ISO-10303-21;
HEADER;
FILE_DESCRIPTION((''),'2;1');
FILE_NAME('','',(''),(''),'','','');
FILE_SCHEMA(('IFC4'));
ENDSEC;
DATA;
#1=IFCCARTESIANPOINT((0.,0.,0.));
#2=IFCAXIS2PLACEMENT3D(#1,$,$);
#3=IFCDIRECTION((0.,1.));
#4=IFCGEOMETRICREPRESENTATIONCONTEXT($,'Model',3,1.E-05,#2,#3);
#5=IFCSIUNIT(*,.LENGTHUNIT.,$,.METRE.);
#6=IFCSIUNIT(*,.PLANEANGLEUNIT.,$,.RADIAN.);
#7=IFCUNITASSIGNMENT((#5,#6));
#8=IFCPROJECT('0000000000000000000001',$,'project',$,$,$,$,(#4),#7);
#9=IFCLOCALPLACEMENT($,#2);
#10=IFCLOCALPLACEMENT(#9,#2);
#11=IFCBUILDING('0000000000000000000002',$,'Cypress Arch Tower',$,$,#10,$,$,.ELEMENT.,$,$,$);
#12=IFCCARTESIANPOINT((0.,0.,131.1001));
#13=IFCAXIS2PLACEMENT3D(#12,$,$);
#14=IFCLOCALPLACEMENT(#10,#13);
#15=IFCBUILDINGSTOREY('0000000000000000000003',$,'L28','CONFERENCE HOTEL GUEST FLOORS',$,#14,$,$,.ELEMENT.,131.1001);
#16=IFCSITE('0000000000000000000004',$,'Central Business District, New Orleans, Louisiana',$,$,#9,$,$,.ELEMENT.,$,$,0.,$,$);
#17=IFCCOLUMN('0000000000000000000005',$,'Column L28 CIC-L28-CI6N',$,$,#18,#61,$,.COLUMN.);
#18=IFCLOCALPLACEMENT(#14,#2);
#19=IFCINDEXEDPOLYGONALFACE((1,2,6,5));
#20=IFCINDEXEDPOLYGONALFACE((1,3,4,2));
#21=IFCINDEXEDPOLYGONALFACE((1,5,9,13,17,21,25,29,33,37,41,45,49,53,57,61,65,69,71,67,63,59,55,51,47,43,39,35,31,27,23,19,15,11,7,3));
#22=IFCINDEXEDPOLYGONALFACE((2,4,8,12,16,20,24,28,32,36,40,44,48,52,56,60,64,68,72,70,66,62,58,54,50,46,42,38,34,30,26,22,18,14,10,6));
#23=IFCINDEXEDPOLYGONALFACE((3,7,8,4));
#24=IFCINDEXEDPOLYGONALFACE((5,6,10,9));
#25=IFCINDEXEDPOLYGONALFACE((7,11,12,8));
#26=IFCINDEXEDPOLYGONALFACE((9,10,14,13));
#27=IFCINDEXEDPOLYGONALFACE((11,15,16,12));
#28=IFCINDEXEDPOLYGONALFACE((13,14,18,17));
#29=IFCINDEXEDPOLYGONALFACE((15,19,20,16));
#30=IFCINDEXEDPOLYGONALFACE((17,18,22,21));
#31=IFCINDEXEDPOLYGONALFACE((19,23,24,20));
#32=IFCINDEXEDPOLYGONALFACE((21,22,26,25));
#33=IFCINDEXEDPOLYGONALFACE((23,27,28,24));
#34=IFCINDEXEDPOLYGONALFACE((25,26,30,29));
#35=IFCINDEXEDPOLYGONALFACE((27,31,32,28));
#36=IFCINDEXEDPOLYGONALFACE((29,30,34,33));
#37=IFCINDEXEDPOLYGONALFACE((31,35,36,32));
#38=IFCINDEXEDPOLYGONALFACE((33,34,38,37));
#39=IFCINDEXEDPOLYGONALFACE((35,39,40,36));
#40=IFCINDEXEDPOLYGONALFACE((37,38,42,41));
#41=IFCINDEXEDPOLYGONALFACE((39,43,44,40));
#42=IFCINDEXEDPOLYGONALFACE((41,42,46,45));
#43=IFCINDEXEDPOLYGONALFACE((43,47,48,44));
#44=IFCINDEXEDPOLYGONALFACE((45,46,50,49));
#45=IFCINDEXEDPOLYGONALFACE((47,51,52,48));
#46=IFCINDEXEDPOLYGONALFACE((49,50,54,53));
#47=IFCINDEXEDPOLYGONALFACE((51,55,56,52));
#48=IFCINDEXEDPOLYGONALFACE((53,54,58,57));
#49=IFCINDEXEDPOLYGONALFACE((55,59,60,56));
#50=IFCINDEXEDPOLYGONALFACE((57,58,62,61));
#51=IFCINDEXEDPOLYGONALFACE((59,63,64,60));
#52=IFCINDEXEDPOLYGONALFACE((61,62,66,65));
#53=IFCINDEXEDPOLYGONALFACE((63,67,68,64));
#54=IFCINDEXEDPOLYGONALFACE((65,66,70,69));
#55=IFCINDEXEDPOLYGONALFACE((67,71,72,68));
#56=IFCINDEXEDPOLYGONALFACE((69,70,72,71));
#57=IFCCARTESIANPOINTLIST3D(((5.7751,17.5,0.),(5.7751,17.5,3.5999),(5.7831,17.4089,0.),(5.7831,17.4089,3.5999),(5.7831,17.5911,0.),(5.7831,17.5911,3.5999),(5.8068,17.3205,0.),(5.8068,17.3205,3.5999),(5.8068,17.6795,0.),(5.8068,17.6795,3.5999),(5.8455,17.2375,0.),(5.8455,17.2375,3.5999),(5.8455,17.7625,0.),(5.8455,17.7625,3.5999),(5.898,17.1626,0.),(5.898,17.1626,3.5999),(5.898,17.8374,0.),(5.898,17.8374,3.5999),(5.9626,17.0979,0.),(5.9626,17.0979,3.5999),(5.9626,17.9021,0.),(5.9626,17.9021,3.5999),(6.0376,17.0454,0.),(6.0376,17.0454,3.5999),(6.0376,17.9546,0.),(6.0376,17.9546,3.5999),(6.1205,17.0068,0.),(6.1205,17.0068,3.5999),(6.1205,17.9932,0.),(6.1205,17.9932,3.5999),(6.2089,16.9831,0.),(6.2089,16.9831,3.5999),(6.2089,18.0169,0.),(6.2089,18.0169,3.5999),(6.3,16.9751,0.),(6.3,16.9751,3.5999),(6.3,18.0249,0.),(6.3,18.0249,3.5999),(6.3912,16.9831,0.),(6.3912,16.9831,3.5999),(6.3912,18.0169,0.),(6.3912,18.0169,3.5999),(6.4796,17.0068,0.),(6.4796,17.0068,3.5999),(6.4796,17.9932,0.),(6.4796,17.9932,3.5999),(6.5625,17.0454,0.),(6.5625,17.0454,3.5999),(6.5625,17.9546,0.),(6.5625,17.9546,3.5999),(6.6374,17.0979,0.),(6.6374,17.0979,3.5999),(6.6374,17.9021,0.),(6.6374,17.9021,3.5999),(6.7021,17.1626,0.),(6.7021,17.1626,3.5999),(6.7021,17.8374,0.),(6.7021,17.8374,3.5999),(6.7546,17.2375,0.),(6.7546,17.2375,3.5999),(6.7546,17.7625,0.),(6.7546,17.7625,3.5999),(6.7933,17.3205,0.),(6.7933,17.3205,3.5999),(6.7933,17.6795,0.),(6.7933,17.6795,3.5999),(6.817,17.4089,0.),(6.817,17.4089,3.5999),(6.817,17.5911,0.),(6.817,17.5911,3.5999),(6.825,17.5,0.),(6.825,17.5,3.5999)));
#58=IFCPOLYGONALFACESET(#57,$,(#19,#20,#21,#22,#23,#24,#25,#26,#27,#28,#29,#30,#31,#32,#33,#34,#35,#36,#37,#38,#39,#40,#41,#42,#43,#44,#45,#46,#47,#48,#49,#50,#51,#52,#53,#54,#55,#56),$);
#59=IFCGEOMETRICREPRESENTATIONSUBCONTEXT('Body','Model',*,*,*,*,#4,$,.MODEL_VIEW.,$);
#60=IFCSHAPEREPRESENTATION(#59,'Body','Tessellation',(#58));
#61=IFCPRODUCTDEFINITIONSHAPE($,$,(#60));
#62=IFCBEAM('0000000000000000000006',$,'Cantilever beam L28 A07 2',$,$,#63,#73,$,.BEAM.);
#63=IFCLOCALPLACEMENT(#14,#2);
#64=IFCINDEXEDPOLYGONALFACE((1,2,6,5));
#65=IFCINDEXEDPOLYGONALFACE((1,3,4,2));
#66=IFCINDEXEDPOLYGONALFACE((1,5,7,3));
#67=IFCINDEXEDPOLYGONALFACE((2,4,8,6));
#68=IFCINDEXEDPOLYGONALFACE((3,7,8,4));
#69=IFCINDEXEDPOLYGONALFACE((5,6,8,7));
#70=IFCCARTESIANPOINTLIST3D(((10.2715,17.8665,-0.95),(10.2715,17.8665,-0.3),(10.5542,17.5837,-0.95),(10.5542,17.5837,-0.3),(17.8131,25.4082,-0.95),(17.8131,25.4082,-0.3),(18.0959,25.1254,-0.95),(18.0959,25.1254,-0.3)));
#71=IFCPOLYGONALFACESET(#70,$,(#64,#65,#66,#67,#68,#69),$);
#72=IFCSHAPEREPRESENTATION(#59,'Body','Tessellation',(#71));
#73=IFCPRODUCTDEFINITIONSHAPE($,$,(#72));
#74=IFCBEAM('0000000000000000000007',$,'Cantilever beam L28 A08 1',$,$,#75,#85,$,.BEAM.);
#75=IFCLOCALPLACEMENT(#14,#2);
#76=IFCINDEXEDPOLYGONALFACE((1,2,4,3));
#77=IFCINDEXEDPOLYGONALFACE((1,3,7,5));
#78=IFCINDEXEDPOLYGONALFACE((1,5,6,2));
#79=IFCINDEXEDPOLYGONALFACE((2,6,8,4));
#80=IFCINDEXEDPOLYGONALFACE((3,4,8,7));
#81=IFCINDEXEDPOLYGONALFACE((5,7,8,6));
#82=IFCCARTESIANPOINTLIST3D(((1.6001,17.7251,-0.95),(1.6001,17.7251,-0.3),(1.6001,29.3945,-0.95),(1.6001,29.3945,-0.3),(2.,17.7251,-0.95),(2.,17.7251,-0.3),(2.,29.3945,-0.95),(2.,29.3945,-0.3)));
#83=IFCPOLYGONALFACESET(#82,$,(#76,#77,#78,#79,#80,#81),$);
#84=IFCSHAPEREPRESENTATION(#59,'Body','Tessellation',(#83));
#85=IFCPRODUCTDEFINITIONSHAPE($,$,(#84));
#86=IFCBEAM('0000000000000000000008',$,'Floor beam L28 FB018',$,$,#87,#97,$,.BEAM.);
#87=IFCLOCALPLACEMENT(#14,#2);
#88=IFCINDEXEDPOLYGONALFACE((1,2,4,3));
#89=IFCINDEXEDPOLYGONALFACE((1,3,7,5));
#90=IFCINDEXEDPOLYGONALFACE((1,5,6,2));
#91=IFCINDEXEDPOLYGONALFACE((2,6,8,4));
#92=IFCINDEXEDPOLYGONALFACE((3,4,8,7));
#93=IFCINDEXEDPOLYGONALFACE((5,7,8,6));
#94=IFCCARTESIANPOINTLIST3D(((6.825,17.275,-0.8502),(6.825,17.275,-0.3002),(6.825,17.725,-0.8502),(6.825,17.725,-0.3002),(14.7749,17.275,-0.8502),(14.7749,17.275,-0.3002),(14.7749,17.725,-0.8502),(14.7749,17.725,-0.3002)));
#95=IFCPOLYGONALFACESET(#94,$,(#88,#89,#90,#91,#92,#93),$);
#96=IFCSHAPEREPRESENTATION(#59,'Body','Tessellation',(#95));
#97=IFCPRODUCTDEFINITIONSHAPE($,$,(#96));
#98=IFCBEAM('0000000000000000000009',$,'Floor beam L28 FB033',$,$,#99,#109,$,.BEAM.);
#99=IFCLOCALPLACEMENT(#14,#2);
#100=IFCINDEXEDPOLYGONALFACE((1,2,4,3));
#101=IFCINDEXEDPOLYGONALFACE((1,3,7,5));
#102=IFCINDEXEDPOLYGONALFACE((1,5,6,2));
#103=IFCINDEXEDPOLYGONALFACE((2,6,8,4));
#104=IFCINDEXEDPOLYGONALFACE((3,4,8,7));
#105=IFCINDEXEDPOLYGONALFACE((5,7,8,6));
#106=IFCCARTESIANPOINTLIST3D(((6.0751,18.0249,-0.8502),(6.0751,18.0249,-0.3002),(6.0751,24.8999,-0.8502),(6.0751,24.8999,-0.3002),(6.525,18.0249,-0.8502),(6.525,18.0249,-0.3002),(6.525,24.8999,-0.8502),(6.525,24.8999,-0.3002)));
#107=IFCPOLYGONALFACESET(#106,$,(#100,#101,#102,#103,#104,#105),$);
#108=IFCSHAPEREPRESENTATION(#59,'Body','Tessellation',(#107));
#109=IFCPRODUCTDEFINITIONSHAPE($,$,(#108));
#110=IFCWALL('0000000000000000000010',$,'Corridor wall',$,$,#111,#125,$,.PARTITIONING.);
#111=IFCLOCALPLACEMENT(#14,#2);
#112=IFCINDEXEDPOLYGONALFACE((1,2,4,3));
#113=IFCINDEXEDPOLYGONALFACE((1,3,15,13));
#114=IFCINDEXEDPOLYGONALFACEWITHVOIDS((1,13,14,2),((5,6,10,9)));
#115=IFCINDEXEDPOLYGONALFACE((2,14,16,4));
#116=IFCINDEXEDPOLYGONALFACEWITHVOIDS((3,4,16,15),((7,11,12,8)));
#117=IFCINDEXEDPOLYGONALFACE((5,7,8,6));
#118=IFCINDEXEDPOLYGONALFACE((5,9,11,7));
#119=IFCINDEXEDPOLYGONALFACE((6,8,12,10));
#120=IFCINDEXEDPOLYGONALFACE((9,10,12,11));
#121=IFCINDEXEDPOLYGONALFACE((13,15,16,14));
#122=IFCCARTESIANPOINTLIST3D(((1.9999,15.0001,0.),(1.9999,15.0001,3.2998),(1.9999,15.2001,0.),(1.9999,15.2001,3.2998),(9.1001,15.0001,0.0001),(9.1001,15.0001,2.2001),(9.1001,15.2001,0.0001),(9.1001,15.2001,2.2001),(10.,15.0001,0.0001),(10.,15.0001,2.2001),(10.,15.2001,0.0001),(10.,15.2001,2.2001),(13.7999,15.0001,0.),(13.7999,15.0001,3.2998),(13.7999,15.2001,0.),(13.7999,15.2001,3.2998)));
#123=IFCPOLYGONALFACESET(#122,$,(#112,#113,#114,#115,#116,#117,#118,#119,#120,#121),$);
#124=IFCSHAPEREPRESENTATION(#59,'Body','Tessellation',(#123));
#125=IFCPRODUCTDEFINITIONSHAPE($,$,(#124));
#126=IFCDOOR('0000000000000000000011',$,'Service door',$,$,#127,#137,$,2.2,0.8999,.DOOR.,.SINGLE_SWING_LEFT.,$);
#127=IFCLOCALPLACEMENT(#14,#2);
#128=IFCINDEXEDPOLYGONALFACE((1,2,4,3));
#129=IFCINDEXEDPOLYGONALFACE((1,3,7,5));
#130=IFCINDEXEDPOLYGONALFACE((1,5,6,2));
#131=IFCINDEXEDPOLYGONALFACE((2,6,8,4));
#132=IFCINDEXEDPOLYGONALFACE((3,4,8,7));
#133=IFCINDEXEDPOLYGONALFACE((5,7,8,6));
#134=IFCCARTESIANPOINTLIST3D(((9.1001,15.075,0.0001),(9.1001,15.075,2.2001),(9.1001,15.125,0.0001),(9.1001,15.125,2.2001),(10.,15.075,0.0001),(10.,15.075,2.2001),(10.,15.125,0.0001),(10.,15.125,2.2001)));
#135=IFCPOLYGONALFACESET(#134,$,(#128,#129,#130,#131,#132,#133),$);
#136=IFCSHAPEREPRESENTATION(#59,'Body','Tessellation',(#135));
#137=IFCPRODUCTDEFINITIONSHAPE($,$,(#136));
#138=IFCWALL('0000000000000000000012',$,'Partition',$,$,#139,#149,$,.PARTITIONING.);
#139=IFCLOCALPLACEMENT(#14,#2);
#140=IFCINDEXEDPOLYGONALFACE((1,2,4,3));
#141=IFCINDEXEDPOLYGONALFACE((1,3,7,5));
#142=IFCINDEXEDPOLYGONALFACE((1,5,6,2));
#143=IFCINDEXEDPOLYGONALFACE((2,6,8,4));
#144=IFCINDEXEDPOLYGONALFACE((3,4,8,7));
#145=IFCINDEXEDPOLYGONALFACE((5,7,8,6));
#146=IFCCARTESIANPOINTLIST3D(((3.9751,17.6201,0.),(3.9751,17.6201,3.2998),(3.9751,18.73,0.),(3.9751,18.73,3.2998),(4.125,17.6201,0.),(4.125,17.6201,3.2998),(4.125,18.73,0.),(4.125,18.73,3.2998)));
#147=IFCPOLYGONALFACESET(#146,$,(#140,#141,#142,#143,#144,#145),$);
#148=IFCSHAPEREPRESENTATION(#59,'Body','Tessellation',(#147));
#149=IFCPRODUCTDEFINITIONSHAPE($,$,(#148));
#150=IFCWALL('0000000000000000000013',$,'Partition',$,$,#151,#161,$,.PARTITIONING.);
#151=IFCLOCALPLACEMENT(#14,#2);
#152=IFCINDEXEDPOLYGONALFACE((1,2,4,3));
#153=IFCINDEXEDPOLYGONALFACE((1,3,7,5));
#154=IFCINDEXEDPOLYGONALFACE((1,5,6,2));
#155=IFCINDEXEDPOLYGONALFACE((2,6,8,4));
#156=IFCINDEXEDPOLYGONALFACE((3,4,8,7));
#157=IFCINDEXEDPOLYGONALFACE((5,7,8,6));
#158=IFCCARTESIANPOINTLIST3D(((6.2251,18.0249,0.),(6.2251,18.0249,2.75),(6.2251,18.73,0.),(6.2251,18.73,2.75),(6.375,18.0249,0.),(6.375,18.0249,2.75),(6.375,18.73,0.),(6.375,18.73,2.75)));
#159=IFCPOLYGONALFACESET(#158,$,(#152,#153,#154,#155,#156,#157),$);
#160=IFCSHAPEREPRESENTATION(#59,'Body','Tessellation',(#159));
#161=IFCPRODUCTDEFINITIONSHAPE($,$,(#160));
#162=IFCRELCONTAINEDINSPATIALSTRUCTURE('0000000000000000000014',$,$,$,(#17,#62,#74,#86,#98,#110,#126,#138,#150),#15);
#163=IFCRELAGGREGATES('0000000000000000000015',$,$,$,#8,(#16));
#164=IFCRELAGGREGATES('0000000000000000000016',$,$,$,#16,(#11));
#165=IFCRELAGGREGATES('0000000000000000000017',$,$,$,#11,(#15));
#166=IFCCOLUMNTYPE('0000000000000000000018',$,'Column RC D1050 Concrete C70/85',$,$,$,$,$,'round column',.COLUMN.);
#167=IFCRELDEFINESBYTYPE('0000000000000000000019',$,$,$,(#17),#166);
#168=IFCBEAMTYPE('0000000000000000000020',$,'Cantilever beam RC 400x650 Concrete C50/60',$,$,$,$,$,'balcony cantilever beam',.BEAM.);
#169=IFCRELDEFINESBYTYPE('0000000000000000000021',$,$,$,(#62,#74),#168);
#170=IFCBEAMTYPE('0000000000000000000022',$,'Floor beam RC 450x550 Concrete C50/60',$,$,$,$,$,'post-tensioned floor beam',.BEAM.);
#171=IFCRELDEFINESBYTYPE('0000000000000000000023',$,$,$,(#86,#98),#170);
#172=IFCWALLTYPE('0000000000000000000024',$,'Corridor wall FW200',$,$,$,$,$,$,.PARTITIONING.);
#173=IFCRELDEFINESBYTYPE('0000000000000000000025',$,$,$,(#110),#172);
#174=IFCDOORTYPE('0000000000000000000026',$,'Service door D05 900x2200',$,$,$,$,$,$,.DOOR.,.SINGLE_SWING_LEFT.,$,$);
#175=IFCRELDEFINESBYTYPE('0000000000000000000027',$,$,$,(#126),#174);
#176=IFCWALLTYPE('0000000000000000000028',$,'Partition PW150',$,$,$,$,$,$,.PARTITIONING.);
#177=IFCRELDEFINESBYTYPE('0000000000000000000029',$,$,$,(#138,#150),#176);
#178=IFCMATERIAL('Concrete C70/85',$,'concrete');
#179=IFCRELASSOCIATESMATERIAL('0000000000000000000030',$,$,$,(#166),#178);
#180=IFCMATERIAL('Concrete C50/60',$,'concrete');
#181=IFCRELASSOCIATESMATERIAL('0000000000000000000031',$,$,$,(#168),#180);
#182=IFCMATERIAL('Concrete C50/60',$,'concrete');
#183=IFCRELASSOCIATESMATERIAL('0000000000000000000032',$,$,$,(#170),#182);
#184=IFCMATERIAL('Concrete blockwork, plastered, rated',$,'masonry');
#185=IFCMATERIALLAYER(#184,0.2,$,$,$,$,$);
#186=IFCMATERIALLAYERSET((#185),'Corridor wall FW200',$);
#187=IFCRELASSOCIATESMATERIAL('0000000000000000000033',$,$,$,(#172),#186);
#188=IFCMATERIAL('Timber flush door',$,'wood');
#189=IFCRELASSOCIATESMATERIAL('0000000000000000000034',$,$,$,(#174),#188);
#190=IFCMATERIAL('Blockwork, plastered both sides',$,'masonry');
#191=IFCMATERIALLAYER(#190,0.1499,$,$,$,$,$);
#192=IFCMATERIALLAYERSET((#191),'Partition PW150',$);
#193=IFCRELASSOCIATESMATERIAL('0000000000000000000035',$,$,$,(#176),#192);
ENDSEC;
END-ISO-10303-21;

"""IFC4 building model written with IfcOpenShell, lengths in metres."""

from ifc_helpers import new_model, si_unit, direction, frame, frame_2d, origin, origin_2d, place, context, subcontext, project, spatial, rectangle, circle, extrude, material, layer, layer_set, material_profile, profile_set, type_object, element, fill, save


model = new_model("IFC4")

# Units and contexts
model_context = context("Model", 3, precision=1e-05, world=origin(), true_north=direction((0.0, 1.0)))
body_context = subcontext(model_context, "Body", "Model", "MODEL_VIEW")
ifc_project = project(units=[si_unit("LENGTHUNIT", "METRE"), si_unit("PLANEANGLEUNIT", "RADIAN")], contexts=[model_context])

# Site, building, storey
site_placement = place(None, origin())
site = spatial("IfcSite", under=ifc_project, at=site_placement, Name="Central Business District, New Orleans, Louisiana", CompositionType="ELEMENT", RefElevation=0.0)
building_placement = place(site_placement, origin())
building = spatial("IfcBuilding", under=site, at=building_placement, Name="Cypress Arch Tower", CompositionType="ELEMENT")
storey_placement = place(building_placement, frame((0.0, 0.0, 131.1001)))
storey = spatial("IfcBuildingStorey", under=building, at=storey_placement, Name="L28", Description="CONFERENCE HOTEL GUEST FLOORS", CompositionType="ELEMENT", Elevation=131.1001)

# Column
ifc_material_1 = material(Name="Concrete C70/85", Category="concrete")
ifc_material_profile_1 = material_profile(ifc_material_1, circle(Radius=0.5249, at=origin_2d()), Name="RC D1050")
ifc_profile_set_1 = profile_set([ifc_material_profile_1], Name="Concrete C70/85")
column_type = type_object("IfcColumnType", Name="Column RC D1050 Concrete C70/85", ElementType="round column", PredefinedType="COLUMN", material=ifc_profile_set_1)
column_placement = place(storey_placement, frame((6.3, 17.5, 0.0), z_axis=(0.0, 0.0, 1.0), x_axis=(1.0, 0.0, 0.0)))
element("IfcColumn", 1, at=column_placement, inside=storey, type_object=column_type, Name="Column L28 CIC-L28-CI6N", PredefinedType="COLUMN", context=body_context, shape_type="SweptSolid", body=[
    extrude(circle(Radius=0.5249, at=origin_2d()), origin(), (0.0, 0.0, 1.0), 3.5999),
])

# Beams
ifc_material_2 = material(Name="Concrete C50/60", Category="concrete")
ifc_material_profile_2 = material_profile(ifc_material_2, rectangle(XDim=0.3999, YDim=0.6499, at=origin_2d()), Name="RC 400x650")
ifc_profile_set_2 = profile_set([ifc_material_profile_2], Name="Concrete C50/60")
beam_type_1 = type_object("IfcBeamType", Name="Cantilever beam RC 400x650 Concrete C50/60", ElementType="balcony cantilever beam", PredefinedType="BEAM", material=ifc_profile_set_2)
beam_1_placement = place(storey_placement, frame((10.4128, 17.7251, -0.625), z_axis=(0.707107, 0.707107, 0.0), x_axis=(-0.707107, 0.707107, 0.0)))
element("IfcBeam", 2, at=beam_1_placement, inside=storey, type_object=beam_type_1, Name="Cantilever beam L28 A07 2", PredefinedType="BEAM", context=body_context, shape_type="SweptSolid", body=[
    extrude(rectangle(XDim=0.3999, YDim=0.6499, at=origin_2d()), origin(), (0.0, 0.0, 1.0), 10.6655),
])
beam_2_placement = place(storey_placement, frame((1.8, 17.7251, -0.625), z_axis=(0.0, 1.0, 0.0), x_axis=(-1.0, 0.0, 0.0)))
element("IfcBeam", 3, at=beam_2_placement, inside=storey, type_object=beam_type_1, Name="Cantilever beam L28 A08 1", PredefinedType="BEAM", context=body_context, shape_type="SweptSolid", body=[
    extrude(rectangle(XDim=0.3999, YDim=0.6499, at=origin_2d()), origin(), (0.0, 0.0, 1.0), 11.6694),
])
ifc_material_3 = material(Name="Concrete C50/60", Category="concrete")
ifc_material_profile_3 = material_profile(ifc_material_3, rectangle(XDim=0.45, YDim=0.55, at=origin_2d()), Name="RC 450x550")
ifc_profile_set_3 = profile_set([ifc_material_profile_3], Name="Concrete C50/60")
beam_type_2 = type_object("IfcBeamType", Name="Floor beam RC 450x550 Concrete C50/60", ElementType="post-tensioned floor beam", PredefinedType="BEAM", material=ifc_profile_set_3)
beam_3_placement = place(storey_placement, frame((6.825, 17.5, -0.5752), z_axis=(1.0, 0.0, 0.0), x_axis=(0.0, 1.0, 0.0)))
element("IfcBeam", 4, at=beam_3_placement, inside=storey, type_object=beam_type_2, Name="Floor beam L28 FB018", PredefinedType="BEAM", context=body_context, shape_type="SweptSolid", body=[
    extrude(rectangle(XDim=0.45, YDim=0.55, at=origin_2d()), origin(), (0.0, 0.0, 1.0), 7.95),
])
beam_4_placement = place(storey_placement, frame((6.3, 18.0249, -0.5752), z_axis=(0.0, 1.0, 0.0), x_axis=(-1.0, 0.0, 0.0)))
element("IfcBeam", 5, at=beam_4_placement, inside=storey, type_object=beam_type_2, Name="Floor beam L28 FB033", PredefinedType="BEAM", context=body_context, shape_type="SweptSolid", body=[
    extrude(rectangle(XDim=0.45, YDim=0.55, at=origin_2d()), origin(), (0.0, 0.0, 1.0), 6.875),
])

# Wall, opening, door
ifc_material_4 = material(Name="Concrete blockwork, plastered, rated", Category="masonry")
ifc_layer_1 = layer(ifc_material_4, 0.2)
ifc_layer_set_1 = layer_set([ifc_layer_1], Name="Corridor wall FW200")
wall_type_1 = type_object("IfcWallType", Name="Corridor wall FW200", PredefinedType="PARTITIONING", material=ifc_layer_set_1)
wall_1_placement = place(storey_placement, frame((2.0, 15.1001, 0.0), z_axis=(0.0, 0.0, 1.0), x_axis=(1.0, 0.0, 0.0)))
wall_1 = element("IfcWall", 6, at=wall_1_placement, inside=storey, type_object=wall_type_1, Name="Corridor wall", PredefinedType="PARTITIONING", context=body_context, shape_type="SweptSolid", body=[
    extrude(rectangle(XDim=11.8, YDim=0.2, at=frame_2d((5.8999, 0.0))), origin(), (0.0, 0.0, 1.0), 3.2998),
])
opening_1_placement = place(wall_1_placement, frame((7.1001, 0.0, 0.0)))
opening_1 = element("IfcOpeningElement", 7, at=opening_1_placement, cuts=wall_1, PredefinedType="OPENING", context=body_context, shape_type="SweptSolid", body=[
    extrude(rectangle(XDim=0.8999, YDim=2.2, at=frame_2d((0.45, 1.1001))), frame((0.0, 0.1099, 0.0), z_axis=(0.0, -1.0, 0.0), x_axis=(1.0, 0.0, 0.0)), (0.0, 0.0, 1.0), 0.22),
])
ifc_material_5 = material(Name="Timber flush door", Category="wood")
door_type_1 = type_object("IfcDoorType", Name="Service door D05 900x2200", OperationType="SINGLE_SWING_LEFT", PredefinedType="DOOR", material=ifc_material_5)
door_1_placement = place(opening_1_placement, origin())
door_1 = element("IfcDoor", 8, at=door_1_placement, inside=storey, type_object=door_type_1, Name="Service door", OperationType="SINGLE_SWING_LEFT", OverallHeight=2.2, OverallWidth=0.8999, PredefinedType="DOOR", context=body_context, shape_type="SweptSolid", body=[
    extrude(rectangle(XDim=0.8999, YDim=2.2, at=frame_2d((0.45, 1.1001))), frame((0.0, 0.0249, 0.0), z_axis=(0.0, -1.0, 0.0), x_axis=(1.0, 0.0, 0.0)), (0.0, 0.0, 1.0), 0.05),
])
fill(opening_1, door_1)

# Walls
ifc_material_6 = material(Name="Blockwork, plastered both sides", Category="masonry")
ifc_layer_2 = layer(ifc_material_6, 0.1499)
ifc_layer_set_2 = layer_set([ifc_layer_2], Name="Partition PW150")
wall_type_2 = type_object("IfcWallType", Name="Partition PW150", PredefinedType="PARTITIONING", material=ifc_layer_set_2)
wall_2_placement = place(storey_placement, frame((4.05, 17.6201, 0.0), z_axis=(0.0, 0.0, 1.0), x_axis=(0.0, 1.0, 0.0)))
element("IfcWall", 9, at=wall_2_placement, inside=storey, type_object=wall_type_2, Name="Partition", PredefinedType="PARTITIONING", context=body_context, shape_type="SweptSolid", body=[
    extrude(rectangle(XDim=1.1099, YDim=0.1499, at=frame_2d((0.5549, 0.0))), origin(), (0.0, 0.0, 1.0), 3.2998),
])
wall_3_placement = place(storey_placement, frame((6.3, 18.0249, 0.0), z_axis=(0.0, 0.0, 1.0), x_axis=(0.0, 1.0, 0.0)))
element("IfcWall", 10, at=wall_3_placement, inside=storey, type_object=wall_type_2, Name="Partition", PredefinedType="PARTITIONING", context=body_context, shape_type="SweptSolid", body=[
    extrude(rectangle(XDim=0.7051, YDim=0.1499, at=frame_2d((0.3525, 0.0))), origin(), (0.0, 0.0, 1.0), 2.75),
])

save(model, "model.ifc")
